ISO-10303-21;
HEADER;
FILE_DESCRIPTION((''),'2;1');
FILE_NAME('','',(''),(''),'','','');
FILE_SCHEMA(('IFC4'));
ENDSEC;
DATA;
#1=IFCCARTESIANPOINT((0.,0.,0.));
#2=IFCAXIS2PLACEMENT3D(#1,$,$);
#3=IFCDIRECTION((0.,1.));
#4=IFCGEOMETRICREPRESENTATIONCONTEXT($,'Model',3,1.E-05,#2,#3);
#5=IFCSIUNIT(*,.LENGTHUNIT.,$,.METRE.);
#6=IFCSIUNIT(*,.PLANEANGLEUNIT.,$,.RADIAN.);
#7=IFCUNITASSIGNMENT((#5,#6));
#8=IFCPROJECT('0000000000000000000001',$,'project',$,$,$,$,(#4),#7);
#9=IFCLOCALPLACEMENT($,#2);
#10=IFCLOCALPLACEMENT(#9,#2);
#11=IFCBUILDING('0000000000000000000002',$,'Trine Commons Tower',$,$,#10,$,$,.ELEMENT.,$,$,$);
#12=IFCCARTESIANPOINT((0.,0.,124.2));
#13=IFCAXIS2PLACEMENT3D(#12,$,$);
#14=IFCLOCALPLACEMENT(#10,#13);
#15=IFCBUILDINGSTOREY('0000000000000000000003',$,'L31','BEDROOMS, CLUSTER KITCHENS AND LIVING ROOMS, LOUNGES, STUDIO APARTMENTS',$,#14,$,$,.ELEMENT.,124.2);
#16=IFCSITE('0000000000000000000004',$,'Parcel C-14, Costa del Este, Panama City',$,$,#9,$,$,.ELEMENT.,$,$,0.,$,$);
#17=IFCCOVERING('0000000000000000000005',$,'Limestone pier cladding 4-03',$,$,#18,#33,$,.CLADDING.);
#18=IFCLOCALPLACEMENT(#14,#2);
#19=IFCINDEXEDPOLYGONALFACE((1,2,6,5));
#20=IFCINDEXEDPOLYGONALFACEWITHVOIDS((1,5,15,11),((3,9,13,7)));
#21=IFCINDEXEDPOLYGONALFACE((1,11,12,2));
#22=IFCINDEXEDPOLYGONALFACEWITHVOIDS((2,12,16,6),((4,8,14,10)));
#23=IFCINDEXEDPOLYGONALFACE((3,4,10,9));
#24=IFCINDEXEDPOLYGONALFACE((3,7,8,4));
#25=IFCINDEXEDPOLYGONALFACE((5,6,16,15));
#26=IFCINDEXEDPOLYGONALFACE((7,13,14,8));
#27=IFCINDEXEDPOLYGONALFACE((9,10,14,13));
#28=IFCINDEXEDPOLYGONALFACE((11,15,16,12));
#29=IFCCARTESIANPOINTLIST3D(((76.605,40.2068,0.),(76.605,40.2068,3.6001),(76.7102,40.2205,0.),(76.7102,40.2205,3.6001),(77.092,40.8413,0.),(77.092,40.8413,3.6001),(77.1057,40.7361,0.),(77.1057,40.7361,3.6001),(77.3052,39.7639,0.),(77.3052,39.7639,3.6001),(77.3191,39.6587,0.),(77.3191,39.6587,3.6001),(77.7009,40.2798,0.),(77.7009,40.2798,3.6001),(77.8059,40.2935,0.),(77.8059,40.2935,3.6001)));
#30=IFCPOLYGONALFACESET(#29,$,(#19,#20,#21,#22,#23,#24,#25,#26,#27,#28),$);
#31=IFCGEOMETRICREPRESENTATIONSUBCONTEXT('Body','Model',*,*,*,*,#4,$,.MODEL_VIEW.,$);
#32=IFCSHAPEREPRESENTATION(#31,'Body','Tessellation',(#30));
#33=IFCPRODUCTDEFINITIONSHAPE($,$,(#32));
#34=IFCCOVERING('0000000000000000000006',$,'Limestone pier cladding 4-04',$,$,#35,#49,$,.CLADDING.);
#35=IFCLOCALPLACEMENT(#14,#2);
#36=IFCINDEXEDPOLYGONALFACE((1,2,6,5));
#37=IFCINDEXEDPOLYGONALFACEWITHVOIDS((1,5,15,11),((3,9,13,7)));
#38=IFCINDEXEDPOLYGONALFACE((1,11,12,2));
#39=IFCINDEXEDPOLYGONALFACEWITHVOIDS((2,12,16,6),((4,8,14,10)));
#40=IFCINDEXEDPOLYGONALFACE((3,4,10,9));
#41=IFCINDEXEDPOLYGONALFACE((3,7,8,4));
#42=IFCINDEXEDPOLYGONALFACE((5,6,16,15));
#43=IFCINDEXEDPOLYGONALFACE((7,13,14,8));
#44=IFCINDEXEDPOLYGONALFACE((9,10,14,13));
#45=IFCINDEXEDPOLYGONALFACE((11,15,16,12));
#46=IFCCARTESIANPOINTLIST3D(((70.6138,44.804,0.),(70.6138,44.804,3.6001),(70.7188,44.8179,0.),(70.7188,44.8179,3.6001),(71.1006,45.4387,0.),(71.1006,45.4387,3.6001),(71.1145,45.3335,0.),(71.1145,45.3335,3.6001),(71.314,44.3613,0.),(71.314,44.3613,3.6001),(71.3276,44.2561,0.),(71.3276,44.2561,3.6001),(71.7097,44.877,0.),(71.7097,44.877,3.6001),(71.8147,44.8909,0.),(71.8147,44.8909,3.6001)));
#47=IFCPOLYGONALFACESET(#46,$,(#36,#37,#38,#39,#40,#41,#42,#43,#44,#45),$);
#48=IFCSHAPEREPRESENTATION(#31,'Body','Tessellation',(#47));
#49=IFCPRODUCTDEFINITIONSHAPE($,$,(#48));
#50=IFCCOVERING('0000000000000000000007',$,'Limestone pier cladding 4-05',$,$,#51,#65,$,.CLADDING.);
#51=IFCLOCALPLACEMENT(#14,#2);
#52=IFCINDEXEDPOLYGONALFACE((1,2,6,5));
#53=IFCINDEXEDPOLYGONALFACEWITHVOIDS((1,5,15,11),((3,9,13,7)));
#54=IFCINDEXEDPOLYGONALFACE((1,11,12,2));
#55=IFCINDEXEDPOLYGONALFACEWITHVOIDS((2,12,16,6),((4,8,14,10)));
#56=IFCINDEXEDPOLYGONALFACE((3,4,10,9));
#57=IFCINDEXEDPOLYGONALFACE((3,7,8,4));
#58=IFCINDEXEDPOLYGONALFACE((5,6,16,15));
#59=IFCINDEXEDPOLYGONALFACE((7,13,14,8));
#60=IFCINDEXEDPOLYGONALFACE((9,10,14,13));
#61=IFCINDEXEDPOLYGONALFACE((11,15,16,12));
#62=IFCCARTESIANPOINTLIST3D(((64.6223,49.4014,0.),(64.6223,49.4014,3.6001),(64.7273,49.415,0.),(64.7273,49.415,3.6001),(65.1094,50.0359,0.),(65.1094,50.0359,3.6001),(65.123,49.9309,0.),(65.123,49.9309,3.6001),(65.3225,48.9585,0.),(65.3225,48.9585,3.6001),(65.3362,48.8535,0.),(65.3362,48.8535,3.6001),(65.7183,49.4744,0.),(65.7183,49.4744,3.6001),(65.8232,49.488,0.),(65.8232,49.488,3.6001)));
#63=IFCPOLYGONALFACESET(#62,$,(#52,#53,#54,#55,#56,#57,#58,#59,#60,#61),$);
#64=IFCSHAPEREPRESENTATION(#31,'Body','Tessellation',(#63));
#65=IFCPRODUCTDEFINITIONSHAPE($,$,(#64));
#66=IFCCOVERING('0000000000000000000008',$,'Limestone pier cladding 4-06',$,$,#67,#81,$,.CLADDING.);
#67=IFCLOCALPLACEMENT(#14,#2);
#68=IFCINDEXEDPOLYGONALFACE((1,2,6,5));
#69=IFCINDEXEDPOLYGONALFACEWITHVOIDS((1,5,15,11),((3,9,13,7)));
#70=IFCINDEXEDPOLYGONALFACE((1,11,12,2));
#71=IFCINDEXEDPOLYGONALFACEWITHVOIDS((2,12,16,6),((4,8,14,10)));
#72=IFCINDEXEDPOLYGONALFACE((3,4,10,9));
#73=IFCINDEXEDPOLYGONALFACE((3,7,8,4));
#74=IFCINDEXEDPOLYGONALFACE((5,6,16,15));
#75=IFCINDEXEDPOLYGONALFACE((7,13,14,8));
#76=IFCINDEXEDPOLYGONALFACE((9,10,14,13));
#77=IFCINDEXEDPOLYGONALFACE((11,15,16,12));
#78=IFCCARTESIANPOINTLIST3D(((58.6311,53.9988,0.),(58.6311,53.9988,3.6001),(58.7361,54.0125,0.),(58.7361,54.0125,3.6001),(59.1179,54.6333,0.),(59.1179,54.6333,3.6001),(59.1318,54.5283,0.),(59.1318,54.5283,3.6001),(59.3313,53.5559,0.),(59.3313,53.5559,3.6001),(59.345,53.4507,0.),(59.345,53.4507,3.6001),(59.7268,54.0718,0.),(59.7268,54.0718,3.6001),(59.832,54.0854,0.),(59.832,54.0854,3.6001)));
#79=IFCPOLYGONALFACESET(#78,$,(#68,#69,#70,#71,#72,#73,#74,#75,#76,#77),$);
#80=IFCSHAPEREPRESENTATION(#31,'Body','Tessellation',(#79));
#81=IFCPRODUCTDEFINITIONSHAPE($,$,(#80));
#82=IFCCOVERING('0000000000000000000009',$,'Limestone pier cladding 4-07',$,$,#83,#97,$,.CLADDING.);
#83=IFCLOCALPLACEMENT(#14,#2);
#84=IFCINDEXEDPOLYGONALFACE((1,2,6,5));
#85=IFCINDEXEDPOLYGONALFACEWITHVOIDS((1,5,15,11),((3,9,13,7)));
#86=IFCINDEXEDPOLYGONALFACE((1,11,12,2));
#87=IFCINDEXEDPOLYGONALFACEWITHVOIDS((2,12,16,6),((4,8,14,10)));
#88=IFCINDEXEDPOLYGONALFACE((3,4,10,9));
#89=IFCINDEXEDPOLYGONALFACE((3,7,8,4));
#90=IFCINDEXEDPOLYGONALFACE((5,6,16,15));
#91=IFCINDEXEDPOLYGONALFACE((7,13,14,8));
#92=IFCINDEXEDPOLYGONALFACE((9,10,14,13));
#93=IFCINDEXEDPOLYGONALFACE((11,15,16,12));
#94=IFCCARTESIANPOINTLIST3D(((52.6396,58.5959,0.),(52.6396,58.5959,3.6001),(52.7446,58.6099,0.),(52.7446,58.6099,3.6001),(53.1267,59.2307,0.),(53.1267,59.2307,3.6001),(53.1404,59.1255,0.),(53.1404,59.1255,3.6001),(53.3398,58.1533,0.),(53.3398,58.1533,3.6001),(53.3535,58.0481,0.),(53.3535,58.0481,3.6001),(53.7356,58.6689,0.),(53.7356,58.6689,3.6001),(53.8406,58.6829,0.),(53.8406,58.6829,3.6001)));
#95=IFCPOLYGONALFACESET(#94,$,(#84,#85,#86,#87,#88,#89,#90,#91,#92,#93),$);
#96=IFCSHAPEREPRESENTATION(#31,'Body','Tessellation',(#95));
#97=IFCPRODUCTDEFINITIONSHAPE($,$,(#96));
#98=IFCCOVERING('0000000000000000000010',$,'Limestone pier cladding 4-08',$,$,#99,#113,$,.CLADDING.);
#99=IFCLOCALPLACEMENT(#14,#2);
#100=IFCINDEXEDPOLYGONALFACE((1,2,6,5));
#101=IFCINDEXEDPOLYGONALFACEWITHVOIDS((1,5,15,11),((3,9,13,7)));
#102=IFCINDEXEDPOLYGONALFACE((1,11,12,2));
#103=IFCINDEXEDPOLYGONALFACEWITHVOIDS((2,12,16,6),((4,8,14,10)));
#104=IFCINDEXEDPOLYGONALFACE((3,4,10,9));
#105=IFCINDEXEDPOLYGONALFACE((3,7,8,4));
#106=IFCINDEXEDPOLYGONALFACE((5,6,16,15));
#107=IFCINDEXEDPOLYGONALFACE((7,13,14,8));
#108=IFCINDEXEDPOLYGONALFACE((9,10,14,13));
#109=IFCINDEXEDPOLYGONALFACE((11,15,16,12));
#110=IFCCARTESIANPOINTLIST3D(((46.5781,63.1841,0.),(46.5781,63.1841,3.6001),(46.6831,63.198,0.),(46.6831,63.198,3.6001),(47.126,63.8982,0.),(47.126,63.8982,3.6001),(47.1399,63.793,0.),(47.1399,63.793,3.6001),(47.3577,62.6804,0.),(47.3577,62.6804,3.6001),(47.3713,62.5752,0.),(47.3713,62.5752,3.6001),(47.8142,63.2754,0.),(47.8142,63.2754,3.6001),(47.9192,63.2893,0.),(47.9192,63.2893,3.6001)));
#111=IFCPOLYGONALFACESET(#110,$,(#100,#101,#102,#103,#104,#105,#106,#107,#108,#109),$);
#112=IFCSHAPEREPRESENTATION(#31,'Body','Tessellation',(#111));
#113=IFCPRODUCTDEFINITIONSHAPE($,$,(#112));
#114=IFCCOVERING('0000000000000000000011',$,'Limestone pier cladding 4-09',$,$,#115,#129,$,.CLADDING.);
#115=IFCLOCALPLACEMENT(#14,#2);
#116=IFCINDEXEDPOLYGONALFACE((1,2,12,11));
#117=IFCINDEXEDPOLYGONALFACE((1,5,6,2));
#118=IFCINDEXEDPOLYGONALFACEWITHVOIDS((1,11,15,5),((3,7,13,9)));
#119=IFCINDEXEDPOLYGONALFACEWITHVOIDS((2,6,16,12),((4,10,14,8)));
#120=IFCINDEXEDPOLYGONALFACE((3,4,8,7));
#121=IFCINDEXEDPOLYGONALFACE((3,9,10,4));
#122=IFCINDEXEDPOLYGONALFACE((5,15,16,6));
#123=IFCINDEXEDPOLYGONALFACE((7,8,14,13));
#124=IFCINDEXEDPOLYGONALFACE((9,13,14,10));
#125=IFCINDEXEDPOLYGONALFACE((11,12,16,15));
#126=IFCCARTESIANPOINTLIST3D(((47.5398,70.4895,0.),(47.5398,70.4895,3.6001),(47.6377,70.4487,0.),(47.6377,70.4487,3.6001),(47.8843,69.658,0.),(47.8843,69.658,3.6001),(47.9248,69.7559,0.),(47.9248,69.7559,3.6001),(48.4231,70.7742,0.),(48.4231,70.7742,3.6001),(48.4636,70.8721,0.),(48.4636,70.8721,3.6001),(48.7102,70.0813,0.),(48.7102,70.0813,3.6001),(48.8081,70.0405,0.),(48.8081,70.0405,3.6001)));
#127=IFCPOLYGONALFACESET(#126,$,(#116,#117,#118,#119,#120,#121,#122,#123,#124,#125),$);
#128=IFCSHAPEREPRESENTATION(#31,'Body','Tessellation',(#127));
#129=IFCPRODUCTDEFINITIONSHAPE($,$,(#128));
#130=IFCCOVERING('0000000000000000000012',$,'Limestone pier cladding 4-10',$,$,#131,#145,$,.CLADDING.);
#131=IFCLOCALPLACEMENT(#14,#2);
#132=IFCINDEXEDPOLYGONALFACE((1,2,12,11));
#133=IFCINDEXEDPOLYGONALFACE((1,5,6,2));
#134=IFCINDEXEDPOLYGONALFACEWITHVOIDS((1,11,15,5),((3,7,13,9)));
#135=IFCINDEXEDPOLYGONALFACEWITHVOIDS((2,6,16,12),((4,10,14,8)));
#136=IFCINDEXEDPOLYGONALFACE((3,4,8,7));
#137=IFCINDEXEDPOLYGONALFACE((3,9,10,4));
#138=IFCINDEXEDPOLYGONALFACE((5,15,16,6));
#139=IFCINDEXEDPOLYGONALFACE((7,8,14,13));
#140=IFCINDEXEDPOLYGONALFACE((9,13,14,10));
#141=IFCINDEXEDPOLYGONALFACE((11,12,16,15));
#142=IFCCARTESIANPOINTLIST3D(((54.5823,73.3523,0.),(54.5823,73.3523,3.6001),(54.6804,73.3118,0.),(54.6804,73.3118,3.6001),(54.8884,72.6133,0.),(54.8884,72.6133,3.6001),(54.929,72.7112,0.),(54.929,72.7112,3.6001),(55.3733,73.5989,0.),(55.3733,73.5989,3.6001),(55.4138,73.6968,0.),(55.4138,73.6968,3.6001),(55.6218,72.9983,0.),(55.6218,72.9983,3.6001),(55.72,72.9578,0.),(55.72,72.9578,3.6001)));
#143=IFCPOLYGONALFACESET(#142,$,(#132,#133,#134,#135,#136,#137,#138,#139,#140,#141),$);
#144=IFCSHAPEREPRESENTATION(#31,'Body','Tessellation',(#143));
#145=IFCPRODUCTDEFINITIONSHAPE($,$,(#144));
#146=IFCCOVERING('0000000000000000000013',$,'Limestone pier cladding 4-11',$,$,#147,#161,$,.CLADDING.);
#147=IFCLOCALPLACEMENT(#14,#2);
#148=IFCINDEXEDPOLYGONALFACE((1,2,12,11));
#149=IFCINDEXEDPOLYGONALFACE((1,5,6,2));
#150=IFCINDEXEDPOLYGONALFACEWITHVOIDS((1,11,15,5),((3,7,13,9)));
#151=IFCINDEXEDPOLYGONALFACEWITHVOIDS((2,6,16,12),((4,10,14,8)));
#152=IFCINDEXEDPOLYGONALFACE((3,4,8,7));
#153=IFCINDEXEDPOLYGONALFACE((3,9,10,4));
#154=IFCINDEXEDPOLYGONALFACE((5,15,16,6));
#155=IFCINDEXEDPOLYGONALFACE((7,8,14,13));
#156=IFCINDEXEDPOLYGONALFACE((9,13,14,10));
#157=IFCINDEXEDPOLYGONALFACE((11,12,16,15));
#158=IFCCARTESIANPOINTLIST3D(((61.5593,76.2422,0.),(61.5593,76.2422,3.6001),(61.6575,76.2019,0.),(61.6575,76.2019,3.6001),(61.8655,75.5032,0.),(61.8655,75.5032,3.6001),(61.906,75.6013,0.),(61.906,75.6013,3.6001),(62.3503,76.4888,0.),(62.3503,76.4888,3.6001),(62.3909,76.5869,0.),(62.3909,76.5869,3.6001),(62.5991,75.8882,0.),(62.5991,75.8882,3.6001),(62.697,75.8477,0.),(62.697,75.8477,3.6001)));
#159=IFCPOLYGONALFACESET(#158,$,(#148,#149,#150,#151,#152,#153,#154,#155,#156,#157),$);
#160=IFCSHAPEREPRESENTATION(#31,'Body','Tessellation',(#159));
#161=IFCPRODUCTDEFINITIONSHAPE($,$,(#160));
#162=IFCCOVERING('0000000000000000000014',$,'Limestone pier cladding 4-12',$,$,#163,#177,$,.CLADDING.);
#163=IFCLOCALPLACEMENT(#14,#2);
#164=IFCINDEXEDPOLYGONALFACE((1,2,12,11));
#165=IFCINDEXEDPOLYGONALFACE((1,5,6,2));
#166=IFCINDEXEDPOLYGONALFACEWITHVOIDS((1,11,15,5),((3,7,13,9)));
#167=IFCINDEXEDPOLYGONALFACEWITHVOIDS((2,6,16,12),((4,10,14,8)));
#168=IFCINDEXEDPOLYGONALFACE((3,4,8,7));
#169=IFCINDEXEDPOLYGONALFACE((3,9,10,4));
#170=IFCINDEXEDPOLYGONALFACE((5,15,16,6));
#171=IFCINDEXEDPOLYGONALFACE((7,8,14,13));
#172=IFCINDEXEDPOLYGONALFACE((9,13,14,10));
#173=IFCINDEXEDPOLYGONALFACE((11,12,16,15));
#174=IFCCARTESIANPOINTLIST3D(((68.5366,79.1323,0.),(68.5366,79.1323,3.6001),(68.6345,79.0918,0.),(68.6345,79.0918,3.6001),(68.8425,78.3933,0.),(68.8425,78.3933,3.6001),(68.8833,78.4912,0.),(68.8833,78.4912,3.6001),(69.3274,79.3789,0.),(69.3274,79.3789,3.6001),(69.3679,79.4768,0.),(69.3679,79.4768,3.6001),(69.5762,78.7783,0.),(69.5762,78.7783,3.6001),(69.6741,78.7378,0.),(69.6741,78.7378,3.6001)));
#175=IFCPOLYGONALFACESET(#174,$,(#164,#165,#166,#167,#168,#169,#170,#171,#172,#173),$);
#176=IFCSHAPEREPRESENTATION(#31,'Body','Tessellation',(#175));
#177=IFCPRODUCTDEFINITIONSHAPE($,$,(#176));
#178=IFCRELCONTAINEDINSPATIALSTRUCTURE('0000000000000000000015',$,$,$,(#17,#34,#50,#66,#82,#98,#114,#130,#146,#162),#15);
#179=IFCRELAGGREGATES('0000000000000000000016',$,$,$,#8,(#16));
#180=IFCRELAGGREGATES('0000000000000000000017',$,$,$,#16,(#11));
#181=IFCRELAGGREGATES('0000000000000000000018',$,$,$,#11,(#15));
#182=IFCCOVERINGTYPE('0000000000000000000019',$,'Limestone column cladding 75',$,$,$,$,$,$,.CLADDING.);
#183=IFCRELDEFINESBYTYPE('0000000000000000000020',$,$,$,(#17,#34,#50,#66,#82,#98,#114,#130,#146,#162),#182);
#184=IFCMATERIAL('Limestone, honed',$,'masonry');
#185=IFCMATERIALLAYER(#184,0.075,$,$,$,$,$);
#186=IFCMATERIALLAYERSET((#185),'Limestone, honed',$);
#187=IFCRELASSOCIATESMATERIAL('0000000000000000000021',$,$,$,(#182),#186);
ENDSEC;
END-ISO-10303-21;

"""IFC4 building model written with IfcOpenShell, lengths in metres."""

from ifc_helpers import new_model, si_unit, direction, frame, origin, place, context, subcontext, project, spatial, polyline, outline, extrude, material, layer, layer_set, type_object, element, save


model = new_model("IFC4")

# Units and contexts
model_context = context("Model", 3, precision=1e-05, world=origin(), true_north=direction((0.0, 1.0)))
body_context = subcontext(model_context, "Body", "Model", "MODEL_VIEW")
ifc_project = project(units=[si_unit("LENGTHUNIT", "METRE"), si_unit("PLANEANGLEUNIT", "RADIAN")], contexts=[model_context])

# Site, building, storey
site_placement = place(None, origin())
site = spatial("IfcSite", under=ifc_project, at=site_placement, Name="Parcel C-14, Costa del Este, Panama City", CompositionType="ELEMENT", RefElevation=0.0)
building_placement = place(site_placement, origin())
building = spatial("IfcBuilding", under=site, at=building_placement, Name="Trine Commons Tower", CompositionType="ELEMENT")
storey_placement = place(building_placement, frame((0.0, 0.0, 124.2)))
storey = spatial("IfcBuildingStorey", under=building, at=storey_placement, Name="L31", Description="BEDROOMS, CLUSTER KITCHENS AND LIVING ROOMS, LOUNGES, STUDIO APARTMENTS", CompositionType="ELEMENT", Elevation=124.2)

# Coverings
ifc_material_1 = material(Name="Limestone, honed", Category="masonry")
ifc_layer_1 = layer(ifc_material_1, 0.075)
ifc_layer_set_1 = layer_set([ifc_layer_1], Name="Limestone, honed")
covering_type = type_object("IfcCoveringType", Name="Limestone column cladding 75", PredefinedType="CLADDING", material=ifc_layer_set_1)
covering_1_placement = place(storey_placement, origin())
element("IfcCovering", 1, at=covering_1_placement, inside=storey, type_object=covering_type, Name="Limestone pier cladding 4-03", PredefinedType="CLADDING", context=body_context, shape_type="SweptSolid", body=[
    extrude(outline(polyline([(77.092, 40.8413), (76.605, 40.2068), (77.3191, 39.6587), (77.8059, 40.2935), (77.092, 40.8413)]), holes=[polyline([(77.1057, 40.7361), (76.7102, 40.2205), (77.3052, 39.7639), (77.7009, 40.2798), (77.1057, 40.7361)])]), origin(), (0.0, 0.0, 1.0), 3.6001),
])
covering_2_placement = place(storey_placement, origin())
element("IfcCovering", 2, at=covering_2_placement, inside=storey, type_object=covering_type, Name="Limestone pier cladding 4-04", PredefinedType="CLADDING", context=body_context, shape_type="SweptSolid", body=[
    extrude(outline(polyline([(71.1006, 45.4387), (70.6138, 44.804), (71.3276, 44.2561), (71.8147, 44.8909), (71.1006, 45.4387)]), holes=[polyline([(71.1145, 45.3335), (70.7188, 44.8179), (71.314, 44.3613), (71.7097, 44.877), (71.1145, 45.3335)])]), origin(), (0.0, 0.0, 1.0), 3.6001),
])
covering_3_placement = place(storey_placement, origin())
element("IfcCovering", 3, at=covering_3_placement, inside=storey, type_object=covering_type, Name="Limestone pier cladding 4-05", PredefinedType="CLADDING", context=body_context, shape_type="SweptSolid", body=[
    extrude(outline(polyline([(65.1094, 50.0359), (64.6223, 49.4014), (65.3362, 48.8535), (65.8232, 49.488), (65.1094, 50.0359)]), holes=[polyline([(65.123, 49.9309), (64.7273, 49.415), (65.3225, 48.9585), (65.7183, 49.4744), (65.123, 49.9309)])]), origin(), (0.0, 0.0, 1.0), 3.6001),
])
covering_4_placement = place(storey_placement, origin())
element("IfcCovering", 4, at=covering_4_placement, inside=storey, type_object=covering_type, Name="Limestone pier cladding 4-06", PredefinedType="CLADDING", context=body_context, shape_type="SweptSolid", body=[
    extrude(outline(polyline([(59.1179, 54.6333), (58.6311, 53.9988), (59.345, 53.4507), (59.832, 54.0854), (59.1179, 54.6333)]), holes=[polyline([(59.1318, 54.5283), (58.7361, 54.0125), (59.3313, 53.5559), (59.7268, 54.0718), (59.1318, 54.5283)])]), origin(), (0.0, 0.0, 1.0), 3.6001),
])
covering_5_placement = place(storey_placement, origin())
element("IfcCovering", 5, at=covering_5_placement, inside=storey, type_object=covering_type, Name="Limestone pier cladding 4-07", PredefinedType="CLADDING", context=body_context, shape_type="SweptSolid", body=[
    extrude(outline(polyline([(53.1267, 59.2307), (52.6396, 58.5959), (53.3535, 58.0481), (53.8406, 58.6829), (53.1267, 59.2307)]), holes=[polyline([(53.1404, 59.1255), (52.7446, 58.6099), (53.3398, 58.1533), (53.7356, 58.6689), (53.1404, 59.1255)])]), origin(), (0.0, 0.0, 1.0), 3.6001),
])
covering_6_placement = place(storey_placement, origin())
element("IfcCovering", 6, at=covering_6_placement, inside=storey, type_object=covering_type, Name="Limestone pier cladding 4-08", PredefinedType="CLADDING", context=body_context, shape_type="SweptSolid", body=[
    extrude(outline(polyline([(47.126, 63.8982), (46.5781, 63.1841), (47.3713, 62.5752), (47.9192, 63.2893), (47.126, 63.8982)]), holes=[polyline([(47.1399, 63.793), (46.6831, 63.198), (47.3577, 62.6804), (47.8142, 63.2754), (47.1399, 63.793)])]), origin(), (0.0, 0.0, 1.0), 3.6001),
])
covering_7_placement = place(storey_placement, origin())
element("IfcCovering", 7, at=covering_7_placement, inside=storey, type_object=covering_type, Name="Limestone pier cladding 4-09", PredefinedType="CLADDING", context=body_context, shape_type="SweptSolid", body=[
    extrude(outline(polyline([(48.8081, 70.0405), (48.4636, 70.8721), (47.5398, 70.4895), (47.8843, 69.658), (48.8081, 70.0405)]), holes=[polyline([(48.7102, 70.0813), (48.4231, 70.7742), (47.6377, 70.4487), (47.9248, 69.7559), (48.7102, 70.0813)])]), origin(), (0.0, 0.0, 1.0), 3.6001),
])
covering_8_placement = place(storey_placement, origin())
element("IfcCovering", 8, at=covering_8_placement, inside=storey, type_object=covering_type, Name="Limestone pier cladding 4-10", PredefinedType="CLADDING", context=body_context, shape_type="SweptSolid", body=[
    extrude(outline(polyline([(55.72, 72.9578), (55.4138, 73.6968), (54.5823, 73.3523), (54.8884, 72.6133), (55.72, 72.9578)]), holes=[polyline([(55.6218, 72.9983), (55.3733, 73.5989), (54.6804, 73.3118), (54.929, 72.7112), (55.6218, 72.9983)])]), origin(), (0.0, 0.0, 1.0), 3.6001),
])
covering_9_placement = place(storey_placement, origin())
element("IfcCovering", 9, at=covering_9_placement, inside=storey, type_object=covering_type, Name="Limestone pier cladding 4-11", PredefinedType="CLADDING", context=body_context, shape_type="SweptSolid", body=[
    extrude(outline(polyline([(62.697, 75.8477), (62.3909, 76.5869), (61.5593, 76.2422), (61.8655, 75.5032), (62.697, 75.8477)]), holes=[polyline([(62.5991, 75.8882), (62.3503, 76.4888), (61.6575, 76.2019), (61.906, 75.6013), (62.5991, 75.8882)])]), origin(), (0.0, 0.0, 1.0), 3.6001),
])
covering_10_placement = place(storey_placement, origin())
element("IfcCovering", 10, at=covering_10_placement, inside=storey, type_object=covering_type, Name="Limestone pier cladding 4-12", PredefinedType="CLADDING", context=body_context, shape_type="SweptSolid", body=[
    extrude(outline(polyline([(69.6741, 78.7378), (69.3679, 79.4768), (68.5366, 79.1323), (68.8425, 78.3933), (69.6741, 78.7378)]), holes=[polyline([(69.5762, 78.7783), (69.3274, 79.3789), (68.6345, 79.0918), (68.8833, 78.4912), (69.5762, 78.7783)])]), origin(), (0.0, 0.0, 1.0), 3.6001),
])

save(model, "model.ifc")
